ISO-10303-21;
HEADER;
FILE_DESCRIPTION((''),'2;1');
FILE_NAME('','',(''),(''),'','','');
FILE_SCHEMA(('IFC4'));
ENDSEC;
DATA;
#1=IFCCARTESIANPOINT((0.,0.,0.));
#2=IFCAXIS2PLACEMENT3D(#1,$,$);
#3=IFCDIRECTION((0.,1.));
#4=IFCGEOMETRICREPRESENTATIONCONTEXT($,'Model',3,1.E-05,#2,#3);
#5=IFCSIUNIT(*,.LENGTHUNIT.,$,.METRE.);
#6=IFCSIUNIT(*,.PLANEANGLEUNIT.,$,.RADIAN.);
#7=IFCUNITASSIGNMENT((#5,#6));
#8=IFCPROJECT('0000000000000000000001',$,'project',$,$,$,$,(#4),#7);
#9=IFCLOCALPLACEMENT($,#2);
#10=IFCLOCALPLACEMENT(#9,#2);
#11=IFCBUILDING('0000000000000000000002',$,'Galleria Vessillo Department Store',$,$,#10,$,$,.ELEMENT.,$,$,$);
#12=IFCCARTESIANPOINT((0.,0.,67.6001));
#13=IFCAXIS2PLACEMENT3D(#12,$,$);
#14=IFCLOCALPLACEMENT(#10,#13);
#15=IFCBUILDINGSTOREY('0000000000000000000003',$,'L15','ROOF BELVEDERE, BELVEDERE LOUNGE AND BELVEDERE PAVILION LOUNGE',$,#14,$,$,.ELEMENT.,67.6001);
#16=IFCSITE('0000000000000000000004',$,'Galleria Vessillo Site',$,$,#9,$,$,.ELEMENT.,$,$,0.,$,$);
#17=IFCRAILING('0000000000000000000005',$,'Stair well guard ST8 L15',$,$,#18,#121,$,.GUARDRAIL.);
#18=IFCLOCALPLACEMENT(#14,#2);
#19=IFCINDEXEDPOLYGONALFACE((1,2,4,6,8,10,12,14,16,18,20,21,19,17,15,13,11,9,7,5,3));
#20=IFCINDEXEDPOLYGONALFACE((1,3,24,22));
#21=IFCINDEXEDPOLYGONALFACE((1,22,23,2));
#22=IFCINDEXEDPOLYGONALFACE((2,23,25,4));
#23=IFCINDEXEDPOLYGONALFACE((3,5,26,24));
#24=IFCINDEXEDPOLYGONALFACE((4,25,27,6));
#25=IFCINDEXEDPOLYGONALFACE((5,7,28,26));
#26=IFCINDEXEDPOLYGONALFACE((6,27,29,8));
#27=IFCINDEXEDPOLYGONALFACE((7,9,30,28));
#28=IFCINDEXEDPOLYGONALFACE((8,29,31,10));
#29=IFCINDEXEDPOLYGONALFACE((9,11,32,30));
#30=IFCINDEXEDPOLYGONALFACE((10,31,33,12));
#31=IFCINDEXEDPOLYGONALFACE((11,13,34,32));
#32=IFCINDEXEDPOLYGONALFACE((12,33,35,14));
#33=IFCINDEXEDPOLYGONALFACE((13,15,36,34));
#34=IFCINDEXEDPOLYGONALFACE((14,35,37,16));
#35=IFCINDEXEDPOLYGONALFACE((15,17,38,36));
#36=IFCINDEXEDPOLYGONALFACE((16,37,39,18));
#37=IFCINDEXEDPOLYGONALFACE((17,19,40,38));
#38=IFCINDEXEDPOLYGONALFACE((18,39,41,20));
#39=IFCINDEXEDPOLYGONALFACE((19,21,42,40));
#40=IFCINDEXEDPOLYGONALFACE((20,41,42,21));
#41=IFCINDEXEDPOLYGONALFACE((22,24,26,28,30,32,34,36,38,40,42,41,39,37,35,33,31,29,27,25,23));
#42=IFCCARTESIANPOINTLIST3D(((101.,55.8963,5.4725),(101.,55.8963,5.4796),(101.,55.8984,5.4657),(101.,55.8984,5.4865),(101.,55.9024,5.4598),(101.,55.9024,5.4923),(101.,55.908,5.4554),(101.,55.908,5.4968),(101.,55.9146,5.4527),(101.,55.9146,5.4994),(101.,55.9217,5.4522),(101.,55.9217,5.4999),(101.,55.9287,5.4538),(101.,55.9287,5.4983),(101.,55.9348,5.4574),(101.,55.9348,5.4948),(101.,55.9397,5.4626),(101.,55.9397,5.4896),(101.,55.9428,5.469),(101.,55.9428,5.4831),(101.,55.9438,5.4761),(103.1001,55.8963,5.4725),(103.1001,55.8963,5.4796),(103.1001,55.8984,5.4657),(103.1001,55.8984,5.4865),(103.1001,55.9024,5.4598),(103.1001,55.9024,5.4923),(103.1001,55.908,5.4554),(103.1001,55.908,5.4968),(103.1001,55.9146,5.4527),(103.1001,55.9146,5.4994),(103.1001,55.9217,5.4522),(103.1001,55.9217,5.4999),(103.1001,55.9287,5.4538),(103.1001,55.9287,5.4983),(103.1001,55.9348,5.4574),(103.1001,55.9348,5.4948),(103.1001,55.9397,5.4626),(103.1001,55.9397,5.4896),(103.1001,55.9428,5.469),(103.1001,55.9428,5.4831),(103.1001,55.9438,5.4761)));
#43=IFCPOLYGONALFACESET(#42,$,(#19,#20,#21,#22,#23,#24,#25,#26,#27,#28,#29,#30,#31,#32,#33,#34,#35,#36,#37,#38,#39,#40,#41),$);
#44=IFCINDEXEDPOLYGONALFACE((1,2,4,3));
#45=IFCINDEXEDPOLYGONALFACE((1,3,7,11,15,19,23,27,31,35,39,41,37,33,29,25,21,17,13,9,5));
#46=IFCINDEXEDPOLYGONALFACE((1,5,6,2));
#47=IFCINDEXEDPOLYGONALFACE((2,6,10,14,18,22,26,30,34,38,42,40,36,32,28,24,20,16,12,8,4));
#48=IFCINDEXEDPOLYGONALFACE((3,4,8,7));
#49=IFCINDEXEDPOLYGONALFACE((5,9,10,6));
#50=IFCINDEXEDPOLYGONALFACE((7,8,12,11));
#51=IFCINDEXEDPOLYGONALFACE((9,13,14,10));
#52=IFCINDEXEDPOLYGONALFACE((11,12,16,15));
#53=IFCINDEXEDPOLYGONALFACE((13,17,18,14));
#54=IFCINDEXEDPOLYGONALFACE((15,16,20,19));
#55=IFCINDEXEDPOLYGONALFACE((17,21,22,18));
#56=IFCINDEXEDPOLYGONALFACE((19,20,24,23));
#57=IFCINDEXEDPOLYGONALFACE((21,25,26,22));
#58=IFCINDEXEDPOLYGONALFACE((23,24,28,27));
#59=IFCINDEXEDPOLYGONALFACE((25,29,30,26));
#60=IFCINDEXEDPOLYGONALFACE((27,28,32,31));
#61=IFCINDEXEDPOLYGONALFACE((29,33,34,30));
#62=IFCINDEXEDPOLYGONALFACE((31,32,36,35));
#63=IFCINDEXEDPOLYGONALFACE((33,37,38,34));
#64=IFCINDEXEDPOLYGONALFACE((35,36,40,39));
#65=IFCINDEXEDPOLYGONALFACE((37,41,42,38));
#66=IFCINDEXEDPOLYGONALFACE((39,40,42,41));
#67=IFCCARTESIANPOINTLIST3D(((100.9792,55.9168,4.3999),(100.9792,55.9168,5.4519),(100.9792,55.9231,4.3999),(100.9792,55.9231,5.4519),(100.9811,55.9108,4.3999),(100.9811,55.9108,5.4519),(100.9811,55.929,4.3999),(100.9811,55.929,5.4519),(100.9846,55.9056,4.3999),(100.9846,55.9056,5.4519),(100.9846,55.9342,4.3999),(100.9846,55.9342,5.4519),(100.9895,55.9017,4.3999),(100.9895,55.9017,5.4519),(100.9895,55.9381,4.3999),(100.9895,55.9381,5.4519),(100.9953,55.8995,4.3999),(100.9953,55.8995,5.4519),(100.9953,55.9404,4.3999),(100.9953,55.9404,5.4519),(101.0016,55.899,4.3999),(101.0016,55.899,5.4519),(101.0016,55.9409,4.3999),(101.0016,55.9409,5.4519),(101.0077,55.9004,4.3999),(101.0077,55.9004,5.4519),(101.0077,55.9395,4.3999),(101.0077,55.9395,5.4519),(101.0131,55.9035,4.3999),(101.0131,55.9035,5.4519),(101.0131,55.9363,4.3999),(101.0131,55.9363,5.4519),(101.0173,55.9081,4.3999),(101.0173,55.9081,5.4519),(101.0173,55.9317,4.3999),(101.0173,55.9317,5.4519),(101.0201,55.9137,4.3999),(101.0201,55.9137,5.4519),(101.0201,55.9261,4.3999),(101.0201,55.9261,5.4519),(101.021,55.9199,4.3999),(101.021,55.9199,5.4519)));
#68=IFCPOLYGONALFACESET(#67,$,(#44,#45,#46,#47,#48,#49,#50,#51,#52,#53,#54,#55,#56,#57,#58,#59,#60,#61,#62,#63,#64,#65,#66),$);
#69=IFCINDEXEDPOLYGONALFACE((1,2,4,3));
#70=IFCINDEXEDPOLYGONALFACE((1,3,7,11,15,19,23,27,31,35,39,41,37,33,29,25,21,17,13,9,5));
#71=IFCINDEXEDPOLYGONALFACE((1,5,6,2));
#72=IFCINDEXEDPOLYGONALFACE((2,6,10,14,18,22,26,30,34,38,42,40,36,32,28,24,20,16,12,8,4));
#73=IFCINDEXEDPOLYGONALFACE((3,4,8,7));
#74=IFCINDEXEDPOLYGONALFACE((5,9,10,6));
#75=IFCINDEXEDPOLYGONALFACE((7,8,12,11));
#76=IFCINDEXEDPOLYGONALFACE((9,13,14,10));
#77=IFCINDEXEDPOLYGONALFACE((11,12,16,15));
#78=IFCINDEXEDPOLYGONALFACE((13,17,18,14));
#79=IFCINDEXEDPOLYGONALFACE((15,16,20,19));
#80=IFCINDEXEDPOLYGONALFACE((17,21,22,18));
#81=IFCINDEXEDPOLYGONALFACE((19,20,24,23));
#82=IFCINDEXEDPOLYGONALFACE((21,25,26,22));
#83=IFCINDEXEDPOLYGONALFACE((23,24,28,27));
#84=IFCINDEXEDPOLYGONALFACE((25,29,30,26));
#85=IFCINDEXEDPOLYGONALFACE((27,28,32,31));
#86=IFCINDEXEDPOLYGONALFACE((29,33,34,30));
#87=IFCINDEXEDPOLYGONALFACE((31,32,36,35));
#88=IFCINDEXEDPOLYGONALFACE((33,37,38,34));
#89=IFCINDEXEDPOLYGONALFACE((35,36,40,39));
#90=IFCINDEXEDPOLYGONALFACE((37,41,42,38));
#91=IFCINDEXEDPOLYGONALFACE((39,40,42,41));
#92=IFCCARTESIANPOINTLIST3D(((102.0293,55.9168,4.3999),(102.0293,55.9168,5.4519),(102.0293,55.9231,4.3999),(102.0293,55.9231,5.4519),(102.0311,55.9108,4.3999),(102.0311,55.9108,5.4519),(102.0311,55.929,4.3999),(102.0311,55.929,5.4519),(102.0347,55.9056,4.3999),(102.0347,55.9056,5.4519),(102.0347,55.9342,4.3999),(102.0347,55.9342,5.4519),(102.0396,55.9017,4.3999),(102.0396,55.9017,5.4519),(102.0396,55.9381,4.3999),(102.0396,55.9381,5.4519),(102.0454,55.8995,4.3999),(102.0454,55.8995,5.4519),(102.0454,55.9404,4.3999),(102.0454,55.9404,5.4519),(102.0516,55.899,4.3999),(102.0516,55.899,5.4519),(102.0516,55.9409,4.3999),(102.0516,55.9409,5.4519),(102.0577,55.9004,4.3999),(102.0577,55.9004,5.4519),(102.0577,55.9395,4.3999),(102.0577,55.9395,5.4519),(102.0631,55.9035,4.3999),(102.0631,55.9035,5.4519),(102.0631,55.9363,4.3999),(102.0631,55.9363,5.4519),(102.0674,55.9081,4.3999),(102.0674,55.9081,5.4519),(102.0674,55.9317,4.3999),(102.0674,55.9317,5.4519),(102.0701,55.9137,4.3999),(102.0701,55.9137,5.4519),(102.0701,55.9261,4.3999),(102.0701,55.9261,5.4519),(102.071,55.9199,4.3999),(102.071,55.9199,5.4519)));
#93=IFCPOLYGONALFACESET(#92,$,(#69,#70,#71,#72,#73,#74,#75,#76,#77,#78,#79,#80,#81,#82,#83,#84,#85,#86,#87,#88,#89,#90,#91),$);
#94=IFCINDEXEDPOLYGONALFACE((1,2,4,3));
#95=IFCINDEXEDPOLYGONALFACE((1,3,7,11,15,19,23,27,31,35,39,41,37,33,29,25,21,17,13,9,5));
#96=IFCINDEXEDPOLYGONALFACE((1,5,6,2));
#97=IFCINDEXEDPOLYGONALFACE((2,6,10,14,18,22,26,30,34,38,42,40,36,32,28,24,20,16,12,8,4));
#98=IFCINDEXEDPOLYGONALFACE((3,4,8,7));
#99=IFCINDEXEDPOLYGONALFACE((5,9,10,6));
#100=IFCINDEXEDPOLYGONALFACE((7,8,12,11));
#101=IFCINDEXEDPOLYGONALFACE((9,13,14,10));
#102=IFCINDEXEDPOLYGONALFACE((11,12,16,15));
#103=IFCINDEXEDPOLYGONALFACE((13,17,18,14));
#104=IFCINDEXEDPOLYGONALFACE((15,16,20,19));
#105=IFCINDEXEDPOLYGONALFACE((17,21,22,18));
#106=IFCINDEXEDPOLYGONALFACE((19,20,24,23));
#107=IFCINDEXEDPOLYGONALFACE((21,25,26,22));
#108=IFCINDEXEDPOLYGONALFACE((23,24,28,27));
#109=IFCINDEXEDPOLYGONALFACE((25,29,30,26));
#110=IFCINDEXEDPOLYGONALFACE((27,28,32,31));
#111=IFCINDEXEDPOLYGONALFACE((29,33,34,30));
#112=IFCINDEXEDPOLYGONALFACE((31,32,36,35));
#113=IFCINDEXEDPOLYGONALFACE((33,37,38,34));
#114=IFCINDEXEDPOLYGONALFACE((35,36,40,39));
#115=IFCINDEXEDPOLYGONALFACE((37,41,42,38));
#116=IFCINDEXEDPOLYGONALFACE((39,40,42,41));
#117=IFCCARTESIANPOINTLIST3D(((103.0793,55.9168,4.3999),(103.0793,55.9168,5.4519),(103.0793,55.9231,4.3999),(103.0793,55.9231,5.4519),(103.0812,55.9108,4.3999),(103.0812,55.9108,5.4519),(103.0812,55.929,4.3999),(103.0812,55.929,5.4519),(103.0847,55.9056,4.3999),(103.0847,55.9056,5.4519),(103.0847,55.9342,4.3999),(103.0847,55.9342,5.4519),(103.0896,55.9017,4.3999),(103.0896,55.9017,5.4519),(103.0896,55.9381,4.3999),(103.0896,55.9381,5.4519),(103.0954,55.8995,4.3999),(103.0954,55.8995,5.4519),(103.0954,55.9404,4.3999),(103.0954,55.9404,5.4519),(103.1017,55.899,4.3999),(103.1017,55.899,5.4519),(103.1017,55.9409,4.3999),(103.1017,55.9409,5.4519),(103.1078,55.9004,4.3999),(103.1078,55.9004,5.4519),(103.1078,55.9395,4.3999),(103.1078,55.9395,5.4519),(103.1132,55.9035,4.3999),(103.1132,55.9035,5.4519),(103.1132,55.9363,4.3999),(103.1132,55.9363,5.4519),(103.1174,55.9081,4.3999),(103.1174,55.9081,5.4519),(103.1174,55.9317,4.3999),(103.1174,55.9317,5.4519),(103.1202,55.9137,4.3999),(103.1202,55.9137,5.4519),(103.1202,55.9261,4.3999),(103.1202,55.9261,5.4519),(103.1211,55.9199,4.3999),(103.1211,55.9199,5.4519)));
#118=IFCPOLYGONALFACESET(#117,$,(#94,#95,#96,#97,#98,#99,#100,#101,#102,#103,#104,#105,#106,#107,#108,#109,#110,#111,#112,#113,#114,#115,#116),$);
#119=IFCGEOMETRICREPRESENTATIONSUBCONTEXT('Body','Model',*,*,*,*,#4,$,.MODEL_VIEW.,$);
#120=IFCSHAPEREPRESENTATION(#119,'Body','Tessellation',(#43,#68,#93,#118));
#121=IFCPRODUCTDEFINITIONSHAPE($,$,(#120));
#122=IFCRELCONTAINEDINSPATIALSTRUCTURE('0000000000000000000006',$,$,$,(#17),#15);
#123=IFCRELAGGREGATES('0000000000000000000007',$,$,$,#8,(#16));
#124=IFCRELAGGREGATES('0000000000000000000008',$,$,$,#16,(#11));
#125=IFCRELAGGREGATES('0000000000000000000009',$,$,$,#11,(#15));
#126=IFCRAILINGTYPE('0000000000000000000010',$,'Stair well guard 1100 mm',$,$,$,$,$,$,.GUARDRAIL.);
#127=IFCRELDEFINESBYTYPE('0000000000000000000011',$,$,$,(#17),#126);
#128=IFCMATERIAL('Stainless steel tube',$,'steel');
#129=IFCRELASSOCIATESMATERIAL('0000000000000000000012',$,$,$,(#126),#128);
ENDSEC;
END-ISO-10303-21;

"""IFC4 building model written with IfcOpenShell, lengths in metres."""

from ifc_helpers import new_model, si_unit, direction, frame, origin, origin_2d, place, context, subcontext, project, spatial, circle, extrude, material, type_object, element, save


model = new_model("IFC4")

# Units and contexts
model_context = context("Model", 3, precision=1e-05, world=origin(), true_north=direction((0.0, 1.0)))
body_context = subcontext(model_context, "Body", "Model", "MODEL_VIEW")
ifc_project = project(units=[si_unit("LENGTHUNIT", "METRE"), si_unit("PLANEANGLEUNIT", "RADIAN")], contexts=[model_context])

# Site, building, storey
site_placement = place(None, origin())
site = spatial("IfcSite", under=ifc_project, at=site_placement, Name="Galleria Vessillo Site", CompositionType="ELEMENT", RefElevation=0.0)
building_placement = place(site_placement, origin())
building = spatial("IfcBuilding", under=site, at=building_placement, Name="Galleria Vessillo Department Store", CompositionType="ELEMENT")
storey_placement = place(building_placement, frame((0.0, 0.0, 67.6001)))
storey = spatial("IfcBuildingStorey", under=building, at=storey_placement, Name="L15", Description="ROOF BELVEDERE, BELVEDERE LOUNGE AND BELVEDERE PAVILION LOUNGE", CompositionType="ELEMENT", Elevation=67.6001)

# Railing
ifc_material_1 = material(Name="Stainless steel tube", Category="steel")
railing_type_1 = type_object("IfcRailingType", Name="Stair well guard 1100 mm", PredefinedType="GUARDRAIL", material=ifc_material_1)
railing_placement = place(storey_placement, frame((101.0, 55.9199, 4.3999)))
element("IfcRailing", 1, at=railing_placement, inside=storey, type_object=railing_type_1, Name="Stair well guard ST8 L15", PredefinedType="GUARDRAIL", context=body_context, shape_type="SweptSolid", body=[
    extrude(circle(Radius=0.0239, at=origin_2d()), frame((0.0, 0.0, 1.0762), z_axis=(1.0, 0.0, 0.0), x_axis=(0.0, 1.0, 0.0)), (0.0, 0.0, 1.0), 2.1001),
    extrude(circle(Radius=0.021, at=origin_2d()), origin(), (0.0, 0.0, 1.0), 1.052),
    extrude(circle(Radius=0.021, at=origin_2d()), frame((1.05, 0.0, 0.0)), (0.0, 0.0, 1.0), 1.052),
    extrude(circle(Radius=0.021, at=origin_2d()), frame((2.1001, 0.0, 0.0)), (0.0, 0.0, 1.0), 1.052),
])

save(model, "model.ifc")
